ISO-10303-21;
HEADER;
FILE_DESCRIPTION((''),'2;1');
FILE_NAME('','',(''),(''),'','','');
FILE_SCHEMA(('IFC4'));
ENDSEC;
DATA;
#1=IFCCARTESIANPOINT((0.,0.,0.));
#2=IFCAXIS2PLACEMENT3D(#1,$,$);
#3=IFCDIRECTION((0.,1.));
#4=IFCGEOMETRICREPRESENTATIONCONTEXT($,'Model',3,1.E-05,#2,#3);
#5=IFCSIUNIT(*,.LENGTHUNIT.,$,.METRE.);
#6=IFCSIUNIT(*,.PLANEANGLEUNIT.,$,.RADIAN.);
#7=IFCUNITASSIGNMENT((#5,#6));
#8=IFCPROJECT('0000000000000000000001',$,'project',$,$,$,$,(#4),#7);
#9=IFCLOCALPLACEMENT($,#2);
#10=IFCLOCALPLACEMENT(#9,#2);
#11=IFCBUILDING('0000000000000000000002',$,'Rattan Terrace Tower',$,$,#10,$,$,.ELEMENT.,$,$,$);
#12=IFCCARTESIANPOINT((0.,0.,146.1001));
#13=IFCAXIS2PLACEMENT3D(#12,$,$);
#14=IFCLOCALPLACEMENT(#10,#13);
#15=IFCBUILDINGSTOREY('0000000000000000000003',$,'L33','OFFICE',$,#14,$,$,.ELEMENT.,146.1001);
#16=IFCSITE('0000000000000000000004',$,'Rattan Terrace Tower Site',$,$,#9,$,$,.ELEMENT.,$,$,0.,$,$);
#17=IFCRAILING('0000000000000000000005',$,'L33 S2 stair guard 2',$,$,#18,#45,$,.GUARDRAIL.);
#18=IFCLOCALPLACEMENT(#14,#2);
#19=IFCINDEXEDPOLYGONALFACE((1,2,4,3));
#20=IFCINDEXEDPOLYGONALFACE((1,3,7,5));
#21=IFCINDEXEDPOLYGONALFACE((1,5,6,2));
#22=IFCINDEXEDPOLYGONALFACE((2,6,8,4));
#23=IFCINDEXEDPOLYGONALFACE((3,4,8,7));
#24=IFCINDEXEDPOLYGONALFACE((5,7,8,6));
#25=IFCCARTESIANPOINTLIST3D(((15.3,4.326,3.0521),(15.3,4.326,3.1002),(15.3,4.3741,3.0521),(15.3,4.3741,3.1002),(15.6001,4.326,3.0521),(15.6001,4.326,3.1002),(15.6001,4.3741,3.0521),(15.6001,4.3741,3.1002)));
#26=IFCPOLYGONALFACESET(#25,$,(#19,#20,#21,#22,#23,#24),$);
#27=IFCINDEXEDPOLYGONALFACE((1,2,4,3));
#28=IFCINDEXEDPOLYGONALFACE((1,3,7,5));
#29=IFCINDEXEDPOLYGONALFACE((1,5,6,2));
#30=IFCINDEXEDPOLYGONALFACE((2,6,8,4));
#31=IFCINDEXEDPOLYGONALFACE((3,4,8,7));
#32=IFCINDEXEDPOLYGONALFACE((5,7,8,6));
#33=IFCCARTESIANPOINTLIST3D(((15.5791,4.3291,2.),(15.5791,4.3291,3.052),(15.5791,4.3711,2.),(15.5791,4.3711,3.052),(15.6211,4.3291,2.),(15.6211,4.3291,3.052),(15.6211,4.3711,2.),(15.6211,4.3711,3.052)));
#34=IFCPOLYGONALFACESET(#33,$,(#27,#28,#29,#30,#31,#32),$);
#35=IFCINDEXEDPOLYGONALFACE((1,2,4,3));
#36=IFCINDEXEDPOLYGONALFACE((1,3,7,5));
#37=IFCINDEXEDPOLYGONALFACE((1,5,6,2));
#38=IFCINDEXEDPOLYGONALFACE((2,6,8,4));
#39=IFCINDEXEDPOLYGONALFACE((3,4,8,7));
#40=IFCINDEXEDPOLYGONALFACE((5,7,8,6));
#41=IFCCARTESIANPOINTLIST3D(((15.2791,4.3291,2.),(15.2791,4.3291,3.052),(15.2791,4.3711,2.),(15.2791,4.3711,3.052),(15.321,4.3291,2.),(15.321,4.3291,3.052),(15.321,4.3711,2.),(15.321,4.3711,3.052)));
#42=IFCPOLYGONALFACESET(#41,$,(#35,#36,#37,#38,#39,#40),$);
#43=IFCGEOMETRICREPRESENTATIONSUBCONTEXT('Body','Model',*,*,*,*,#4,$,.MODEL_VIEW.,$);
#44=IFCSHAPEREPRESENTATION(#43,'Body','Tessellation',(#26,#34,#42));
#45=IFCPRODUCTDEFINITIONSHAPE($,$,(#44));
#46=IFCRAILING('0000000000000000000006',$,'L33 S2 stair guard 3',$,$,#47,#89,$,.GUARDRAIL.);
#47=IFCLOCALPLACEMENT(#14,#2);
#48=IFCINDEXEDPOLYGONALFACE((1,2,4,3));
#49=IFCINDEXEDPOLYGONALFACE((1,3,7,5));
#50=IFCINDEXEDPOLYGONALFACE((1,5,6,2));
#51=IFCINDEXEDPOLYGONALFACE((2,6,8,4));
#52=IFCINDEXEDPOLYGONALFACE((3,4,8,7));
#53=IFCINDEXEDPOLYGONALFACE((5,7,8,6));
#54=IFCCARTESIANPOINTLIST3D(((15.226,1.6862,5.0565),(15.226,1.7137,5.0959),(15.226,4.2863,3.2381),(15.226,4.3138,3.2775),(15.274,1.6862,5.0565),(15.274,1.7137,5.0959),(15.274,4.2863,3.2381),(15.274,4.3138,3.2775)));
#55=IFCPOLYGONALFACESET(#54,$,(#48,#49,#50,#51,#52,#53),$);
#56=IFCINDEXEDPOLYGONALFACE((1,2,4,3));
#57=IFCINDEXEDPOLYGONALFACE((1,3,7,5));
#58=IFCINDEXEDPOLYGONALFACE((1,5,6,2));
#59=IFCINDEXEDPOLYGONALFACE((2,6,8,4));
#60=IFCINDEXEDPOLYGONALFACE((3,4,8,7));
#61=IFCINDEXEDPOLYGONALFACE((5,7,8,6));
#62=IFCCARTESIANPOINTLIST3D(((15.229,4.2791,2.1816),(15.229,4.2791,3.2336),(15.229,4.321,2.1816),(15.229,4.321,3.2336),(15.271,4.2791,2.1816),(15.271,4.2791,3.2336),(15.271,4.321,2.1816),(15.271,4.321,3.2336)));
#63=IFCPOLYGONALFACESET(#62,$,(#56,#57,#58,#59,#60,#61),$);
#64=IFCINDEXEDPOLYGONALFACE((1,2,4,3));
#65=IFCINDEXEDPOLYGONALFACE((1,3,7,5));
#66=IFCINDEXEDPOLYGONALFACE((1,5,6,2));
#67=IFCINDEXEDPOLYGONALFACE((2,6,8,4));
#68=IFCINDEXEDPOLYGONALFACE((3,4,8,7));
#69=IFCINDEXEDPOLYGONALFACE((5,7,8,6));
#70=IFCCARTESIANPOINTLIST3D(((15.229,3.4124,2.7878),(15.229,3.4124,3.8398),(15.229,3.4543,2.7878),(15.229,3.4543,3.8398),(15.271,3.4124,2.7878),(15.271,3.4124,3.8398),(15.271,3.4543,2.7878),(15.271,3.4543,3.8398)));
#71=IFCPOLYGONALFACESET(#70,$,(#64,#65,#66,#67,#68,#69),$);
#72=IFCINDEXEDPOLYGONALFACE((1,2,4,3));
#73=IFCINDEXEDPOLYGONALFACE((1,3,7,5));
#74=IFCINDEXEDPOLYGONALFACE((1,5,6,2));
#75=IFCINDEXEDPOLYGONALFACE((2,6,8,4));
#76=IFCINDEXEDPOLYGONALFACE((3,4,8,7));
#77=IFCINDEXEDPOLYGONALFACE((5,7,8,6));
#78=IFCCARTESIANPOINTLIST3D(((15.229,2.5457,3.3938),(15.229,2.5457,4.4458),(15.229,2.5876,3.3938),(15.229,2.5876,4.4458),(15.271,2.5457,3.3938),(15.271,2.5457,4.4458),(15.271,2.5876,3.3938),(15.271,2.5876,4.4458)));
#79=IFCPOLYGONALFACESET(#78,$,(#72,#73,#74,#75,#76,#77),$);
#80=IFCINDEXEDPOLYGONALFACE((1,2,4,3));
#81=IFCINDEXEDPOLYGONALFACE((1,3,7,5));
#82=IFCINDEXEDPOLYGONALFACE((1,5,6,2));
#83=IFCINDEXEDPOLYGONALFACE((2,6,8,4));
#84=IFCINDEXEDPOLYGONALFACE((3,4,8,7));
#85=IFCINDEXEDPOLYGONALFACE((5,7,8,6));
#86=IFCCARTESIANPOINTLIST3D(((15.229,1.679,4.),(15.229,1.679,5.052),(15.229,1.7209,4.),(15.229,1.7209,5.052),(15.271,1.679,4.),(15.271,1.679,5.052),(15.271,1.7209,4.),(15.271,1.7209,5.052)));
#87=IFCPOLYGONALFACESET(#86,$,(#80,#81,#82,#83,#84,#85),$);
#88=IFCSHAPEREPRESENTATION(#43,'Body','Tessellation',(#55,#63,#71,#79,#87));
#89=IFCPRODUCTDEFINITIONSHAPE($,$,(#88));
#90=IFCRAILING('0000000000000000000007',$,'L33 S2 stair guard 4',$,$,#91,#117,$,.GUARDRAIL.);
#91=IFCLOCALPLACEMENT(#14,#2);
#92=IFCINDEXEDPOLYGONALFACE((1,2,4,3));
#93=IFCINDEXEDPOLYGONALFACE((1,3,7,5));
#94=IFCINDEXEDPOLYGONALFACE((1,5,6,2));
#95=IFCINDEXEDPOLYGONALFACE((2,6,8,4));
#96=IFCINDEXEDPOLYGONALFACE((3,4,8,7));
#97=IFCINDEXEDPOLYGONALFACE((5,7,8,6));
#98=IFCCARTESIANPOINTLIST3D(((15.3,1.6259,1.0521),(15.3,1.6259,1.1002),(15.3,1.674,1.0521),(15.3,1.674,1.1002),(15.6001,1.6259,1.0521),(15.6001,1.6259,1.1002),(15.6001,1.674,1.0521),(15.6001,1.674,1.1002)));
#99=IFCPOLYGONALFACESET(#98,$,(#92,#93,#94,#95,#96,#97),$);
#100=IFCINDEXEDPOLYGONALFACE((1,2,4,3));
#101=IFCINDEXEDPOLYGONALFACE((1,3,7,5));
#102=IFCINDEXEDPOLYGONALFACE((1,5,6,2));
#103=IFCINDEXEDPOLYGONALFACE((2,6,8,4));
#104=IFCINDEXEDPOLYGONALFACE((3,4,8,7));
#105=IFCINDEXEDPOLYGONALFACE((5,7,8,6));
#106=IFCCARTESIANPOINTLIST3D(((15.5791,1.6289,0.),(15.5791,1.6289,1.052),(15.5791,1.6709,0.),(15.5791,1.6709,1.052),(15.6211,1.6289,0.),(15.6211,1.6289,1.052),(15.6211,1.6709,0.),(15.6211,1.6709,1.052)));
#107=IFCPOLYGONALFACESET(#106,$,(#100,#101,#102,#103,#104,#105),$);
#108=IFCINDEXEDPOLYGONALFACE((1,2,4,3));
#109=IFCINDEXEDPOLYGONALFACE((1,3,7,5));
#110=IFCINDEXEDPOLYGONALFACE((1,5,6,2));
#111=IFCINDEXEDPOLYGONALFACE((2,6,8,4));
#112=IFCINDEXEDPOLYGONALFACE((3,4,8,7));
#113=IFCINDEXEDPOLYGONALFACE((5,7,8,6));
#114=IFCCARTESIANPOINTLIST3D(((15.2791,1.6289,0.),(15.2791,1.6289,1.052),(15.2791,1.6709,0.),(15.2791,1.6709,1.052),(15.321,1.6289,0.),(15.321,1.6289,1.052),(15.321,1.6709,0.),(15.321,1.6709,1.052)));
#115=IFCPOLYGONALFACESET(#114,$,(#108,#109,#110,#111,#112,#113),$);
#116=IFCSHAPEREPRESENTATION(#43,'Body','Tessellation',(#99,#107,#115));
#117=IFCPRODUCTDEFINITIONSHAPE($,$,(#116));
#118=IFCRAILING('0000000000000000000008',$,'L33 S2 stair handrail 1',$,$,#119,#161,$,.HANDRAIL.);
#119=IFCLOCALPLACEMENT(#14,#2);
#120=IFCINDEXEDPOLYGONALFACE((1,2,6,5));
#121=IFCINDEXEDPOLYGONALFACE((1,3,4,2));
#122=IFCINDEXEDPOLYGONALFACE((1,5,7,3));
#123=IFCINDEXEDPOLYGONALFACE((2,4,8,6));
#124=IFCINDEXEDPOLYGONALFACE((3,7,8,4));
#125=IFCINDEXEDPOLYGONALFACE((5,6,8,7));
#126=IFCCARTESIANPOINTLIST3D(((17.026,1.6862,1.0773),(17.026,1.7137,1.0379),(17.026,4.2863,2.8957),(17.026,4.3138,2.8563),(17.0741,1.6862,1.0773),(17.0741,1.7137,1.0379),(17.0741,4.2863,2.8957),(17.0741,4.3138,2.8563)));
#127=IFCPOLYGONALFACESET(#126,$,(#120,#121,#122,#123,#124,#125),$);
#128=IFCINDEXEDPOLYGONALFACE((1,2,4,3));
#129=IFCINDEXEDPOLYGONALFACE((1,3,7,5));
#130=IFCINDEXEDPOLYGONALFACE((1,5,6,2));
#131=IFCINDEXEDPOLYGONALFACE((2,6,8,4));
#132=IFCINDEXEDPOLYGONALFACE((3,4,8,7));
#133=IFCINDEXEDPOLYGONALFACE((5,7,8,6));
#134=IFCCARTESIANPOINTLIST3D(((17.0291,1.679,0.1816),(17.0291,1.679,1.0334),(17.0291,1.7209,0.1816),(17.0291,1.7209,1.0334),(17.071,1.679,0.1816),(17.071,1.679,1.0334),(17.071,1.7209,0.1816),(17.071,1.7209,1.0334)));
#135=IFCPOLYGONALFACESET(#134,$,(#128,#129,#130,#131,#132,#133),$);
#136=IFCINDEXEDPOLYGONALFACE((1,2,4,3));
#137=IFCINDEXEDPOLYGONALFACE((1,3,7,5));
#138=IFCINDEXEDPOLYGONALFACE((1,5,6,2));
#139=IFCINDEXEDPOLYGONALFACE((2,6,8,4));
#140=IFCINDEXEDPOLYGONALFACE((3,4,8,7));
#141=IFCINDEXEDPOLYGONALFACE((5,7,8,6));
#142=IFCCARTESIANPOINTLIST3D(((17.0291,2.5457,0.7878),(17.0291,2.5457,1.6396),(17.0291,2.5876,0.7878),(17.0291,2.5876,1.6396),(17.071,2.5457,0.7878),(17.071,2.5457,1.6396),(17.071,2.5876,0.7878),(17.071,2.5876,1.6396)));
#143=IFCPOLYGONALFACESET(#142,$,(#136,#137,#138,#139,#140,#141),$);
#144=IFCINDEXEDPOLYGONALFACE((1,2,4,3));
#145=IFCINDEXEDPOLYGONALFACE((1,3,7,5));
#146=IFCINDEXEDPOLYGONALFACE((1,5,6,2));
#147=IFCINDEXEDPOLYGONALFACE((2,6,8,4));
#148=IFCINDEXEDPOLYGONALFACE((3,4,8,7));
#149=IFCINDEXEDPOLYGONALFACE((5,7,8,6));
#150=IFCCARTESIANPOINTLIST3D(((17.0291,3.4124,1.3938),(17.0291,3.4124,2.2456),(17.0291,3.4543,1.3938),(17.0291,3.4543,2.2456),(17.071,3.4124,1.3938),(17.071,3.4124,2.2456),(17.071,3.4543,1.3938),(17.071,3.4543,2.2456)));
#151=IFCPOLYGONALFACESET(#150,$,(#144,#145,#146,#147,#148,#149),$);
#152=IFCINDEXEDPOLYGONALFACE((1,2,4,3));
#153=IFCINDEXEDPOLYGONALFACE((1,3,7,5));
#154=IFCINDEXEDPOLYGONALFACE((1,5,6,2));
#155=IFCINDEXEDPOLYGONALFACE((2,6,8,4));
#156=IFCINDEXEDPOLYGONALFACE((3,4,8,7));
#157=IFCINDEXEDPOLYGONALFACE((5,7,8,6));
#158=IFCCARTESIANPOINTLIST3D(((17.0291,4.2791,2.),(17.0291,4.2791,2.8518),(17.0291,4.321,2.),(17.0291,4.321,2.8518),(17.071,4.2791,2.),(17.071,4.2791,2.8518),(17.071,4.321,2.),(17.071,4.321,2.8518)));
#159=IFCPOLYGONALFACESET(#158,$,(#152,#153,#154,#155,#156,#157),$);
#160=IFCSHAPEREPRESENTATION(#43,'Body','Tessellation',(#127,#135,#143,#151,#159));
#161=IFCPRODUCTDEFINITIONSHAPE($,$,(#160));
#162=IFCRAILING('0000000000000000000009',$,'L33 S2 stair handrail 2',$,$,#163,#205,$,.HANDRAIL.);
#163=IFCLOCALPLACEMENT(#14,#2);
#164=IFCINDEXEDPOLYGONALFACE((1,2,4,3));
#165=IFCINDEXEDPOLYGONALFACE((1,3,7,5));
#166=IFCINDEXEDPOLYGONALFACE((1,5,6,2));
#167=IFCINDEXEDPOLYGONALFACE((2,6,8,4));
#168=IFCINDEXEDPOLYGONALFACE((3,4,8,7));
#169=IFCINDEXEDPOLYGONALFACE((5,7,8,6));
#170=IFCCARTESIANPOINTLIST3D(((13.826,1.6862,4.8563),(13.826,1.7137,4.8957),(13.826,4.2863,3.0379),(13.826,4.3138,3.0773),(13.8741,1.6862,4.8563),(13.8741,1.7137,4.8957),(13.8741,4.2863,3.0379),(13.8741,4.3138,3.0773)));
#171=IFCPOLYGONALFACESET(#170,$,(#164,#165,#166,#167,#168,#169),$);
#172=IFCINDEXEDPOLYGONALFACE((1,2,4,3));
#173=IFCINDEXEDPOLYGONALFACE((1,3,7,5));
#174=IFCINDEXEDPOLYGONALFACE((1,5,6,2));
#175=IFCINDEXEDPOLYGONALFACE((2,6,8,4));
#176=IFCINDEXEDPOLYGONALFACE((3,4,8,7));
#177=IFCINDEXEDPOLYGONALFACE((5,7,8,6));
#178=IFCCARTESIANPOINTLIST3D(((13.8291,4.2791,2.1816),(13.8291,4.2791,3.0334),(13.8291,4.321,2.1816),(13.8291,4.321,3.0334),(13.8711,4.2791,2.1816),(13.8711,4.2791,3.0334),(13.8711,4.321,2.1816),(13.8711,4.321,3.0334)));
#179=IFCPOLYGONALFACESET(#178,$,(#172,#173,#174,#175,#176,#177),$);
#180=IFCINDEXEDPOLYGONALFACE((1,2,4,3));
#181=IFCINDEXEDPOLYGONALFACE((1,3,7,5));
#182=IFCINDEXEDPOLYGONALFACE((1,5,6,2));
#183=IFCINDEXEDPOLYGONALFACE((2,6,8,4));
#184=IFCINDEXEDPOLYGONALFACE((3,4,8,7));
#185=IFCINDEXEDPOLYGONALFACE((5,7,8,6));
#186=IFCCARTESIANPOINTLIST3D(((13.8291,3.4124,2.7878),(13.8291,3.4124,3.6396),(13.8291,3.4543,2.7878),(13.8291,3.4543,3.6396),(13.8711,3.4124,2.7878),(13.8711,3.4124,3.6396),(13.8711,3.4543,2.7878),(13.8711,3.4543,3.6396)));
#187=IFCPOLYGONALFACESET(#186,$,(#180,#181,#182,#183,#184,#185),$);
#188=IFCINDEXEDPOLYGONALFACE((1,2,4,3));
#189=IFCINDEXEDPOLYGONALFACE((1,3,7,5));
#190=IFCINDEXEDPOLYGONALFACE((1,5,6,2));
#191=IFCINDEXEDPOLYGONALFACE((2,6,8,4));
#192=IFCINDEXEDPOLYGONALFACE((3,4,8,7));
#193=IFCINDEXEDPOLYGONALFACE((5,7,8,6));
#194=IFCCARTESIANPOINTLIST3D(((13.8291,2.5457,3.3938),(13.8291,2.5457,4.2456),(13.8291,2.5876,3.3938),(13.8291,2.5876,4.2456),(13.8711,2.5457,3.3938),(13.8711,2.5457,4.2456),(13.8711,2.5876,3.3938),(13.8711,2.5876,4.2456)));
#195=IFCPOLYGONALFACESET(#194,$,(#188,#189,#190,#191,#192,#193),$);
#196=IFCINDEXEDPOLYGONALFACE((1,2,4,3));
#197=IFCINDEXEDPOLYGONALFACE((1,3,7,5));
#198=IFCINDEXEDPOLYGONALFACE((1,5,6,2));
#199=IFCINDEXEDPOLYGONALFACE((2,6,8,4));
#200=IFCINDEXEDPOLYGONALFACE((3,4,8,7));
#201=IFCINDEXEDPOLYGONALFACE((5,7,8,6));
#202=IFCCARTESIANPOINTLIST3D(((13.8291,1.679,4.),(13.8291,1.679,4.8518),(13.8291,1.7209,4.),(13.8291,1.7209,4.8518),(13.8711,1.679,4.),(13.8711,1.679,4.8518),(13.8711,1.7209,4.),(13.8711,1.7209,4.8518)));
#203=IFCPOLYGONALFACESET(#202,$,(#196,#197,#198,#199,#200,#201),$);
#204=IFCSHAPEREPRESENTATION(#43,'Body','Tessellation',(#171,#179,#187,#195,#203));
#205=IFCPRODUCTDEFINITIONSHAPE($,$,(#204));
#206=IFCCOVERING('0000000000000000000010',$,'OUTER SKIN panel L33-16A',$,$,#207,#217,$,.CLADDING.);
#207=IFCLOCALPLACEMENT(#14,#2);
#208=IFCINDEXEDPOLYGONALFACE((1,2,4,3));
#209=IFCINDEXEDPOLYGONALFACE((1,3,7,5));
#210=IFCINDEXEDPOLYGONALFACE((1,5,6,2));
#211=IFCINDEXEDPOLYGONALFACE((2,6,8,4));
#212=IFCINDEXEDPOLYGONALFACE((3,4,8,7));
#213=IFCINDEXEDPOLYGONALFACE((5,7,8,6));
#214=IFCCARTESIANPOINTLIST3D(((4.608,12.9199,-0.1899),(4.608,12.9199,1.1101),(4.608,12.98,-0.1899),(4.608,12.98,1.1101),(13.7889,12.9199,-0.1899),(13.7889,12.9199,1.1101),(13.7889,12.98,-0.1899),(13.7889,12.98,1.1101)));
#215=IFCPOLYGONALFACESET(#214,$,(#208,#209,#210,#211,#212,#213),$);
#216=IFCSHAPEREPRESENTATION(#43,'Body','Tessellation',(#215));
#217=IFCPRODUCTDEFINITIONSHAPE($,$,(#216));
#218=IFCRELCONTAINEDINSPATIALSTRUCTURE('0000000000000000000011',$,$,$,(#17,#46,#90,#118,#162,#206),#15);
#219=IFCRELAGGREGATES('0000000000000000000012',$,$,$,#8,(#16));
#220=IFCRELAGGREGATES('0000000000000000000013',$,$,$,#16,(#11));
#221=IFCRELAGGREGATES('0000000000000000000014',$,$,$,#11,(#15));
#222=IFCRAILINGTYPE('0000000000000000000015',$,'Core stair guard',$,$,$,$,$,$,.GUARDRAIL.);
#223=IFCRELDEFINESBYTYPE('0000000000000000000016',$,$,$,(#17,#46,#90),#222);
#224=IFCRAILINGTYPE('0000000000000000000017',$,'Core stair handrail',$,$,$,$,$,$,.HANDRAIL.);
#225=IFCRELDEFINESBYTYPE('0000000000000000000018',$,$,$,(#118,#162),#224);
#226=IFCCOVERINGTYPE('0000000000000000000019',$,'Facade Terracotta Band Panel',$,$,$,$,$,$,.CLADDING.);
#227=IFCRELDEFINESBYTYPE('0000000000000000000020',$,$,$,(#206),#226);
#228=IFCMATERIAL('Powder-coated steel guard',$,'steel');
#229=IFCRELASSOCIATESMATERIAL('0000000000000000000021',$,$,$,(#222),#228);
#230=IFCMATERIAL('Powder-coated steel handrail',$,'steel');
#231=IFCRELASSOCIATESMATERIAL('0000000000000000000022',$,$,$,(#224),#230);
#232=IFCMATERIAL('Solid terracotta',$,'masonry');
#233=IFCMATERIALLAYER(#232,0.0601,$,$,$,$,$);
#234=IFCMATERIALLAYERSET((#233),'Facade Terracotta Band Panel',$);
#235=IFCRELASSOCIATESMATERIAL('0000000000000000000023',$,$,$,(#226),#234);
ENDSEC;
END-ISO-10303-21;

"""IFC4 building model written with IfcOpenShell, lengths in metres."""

from ifc_helpers import new_model, si_unit, direction, frame, origin, origin_2d, place, context, subcontext, project, spatial, rectangle, extrude, material, layer, layer_set, type_object, element, save


model = new_model("IFC4")

# Units and contexts
model_context = context("Model", 3, precision=1e-05, world=origin(), true_north=direction((0.0, 1.0)))
body_context = subcontext(model_context, "Body", "Model", "MODEL_VIEW")
ifc_project = project(units=[si_unit("LENGTHUNIT", "METRE"), si_unit("PLANEANGLEUNIT", "RADIAN")], contexts=[model_context])

# Site, building, storey
site_placement = place(None, origin())
site = spatial("IfcSite", under=ifc_project, at=site_placement, Name="Rattan Terrace Tower Site", CompositionType="ELEMENT", RefElevation=0.0)
building_placement = place(site_placement, origin())
building = spatial("IfcBuilding", under=site, at=building_placement, Name="Rattan Terrace Tower", CompositionType="ELEMENT")
storey_placement = place(building_placement, frame((0.0, 0.0, 146.1001)))
storey = spatial("IfcBuildingStorey", under=building, at=storey_placement, Name="L33", Description="OFFICE", CompositionType="ELEMENT", Elevation=146.1001)

# Railings
ifc_material_1 = material(Name="Powder-coated steel guard", Category="steel")
railing_type_1 = type_object("IfcRailingType", Name="Core stair guard", PredefinedType="GUARDRAIL", material=ifc_material_1)
railing_1_placement = place(storey_placement, frame((15.6001, 4.3501, 2.0)))
element("IfcRailing", 1, at=railing_1_placement, inside=storey, type_object=railing_type_1, Name="L33 S2 stair guard 2", PredefinedType="GUARDRAIL", context=body_context, shape_type="SweptSolid", body=[
    extrude(rectangle(XDim=0.0481, YDim=0.0481, at=origin_2d()), frame((0.0, 0.0, 1.0762), z_axis=(-1.0, 0.0, 0.0), x_axis=(0.0, -1.0, 0.0)), (0.0, 0.0, 1.0), 0.3),
    extrude(rectangle(XDim=0.042, YDim=0.042, at=origin_2d()), origin(), (0.0, 0.0, 1.0), 1.052),
    extrude(rectangle(XDim=0.042, YDim=0.042, at=origin_2d()), frame((-0.3, 0.0, 0.0)), (0.0, 0.0, 1.0), 1.052),
])
railing_2_placement = place(storey_placement, frame((15.25, 4.3, 2.1816)))
element("IfcRailing", 2, at=railing_2_placement, inside=storey, type_object=railing_type_1, Name="L33 S2 stair guard 3", PredefinedType="GUARDRAIL", context=body_context, shape_type="SweptSolid", body=[
    extrude(rectangle(XDim=0.0481, YDim=0.0481, at=origin_2d()), frame((0.0, 0.0, 1.0762), z_axis=(0.0, -0.819485, 0.573101), x_axis=(1.0, 0.0, 0.0)), (0.0, 0.0, 1.0), 3.1729),
    extrude(rectangle(XDim=0.042, YDim=0.042, at=origin_2d()), origin(), (0.0, 0.0, 1.0), 1.052),
    extrude(rectangle(XDim=0.042, YDim=0.042, at=origin_2d()), frame((0.0, -0.8667, 0.6062)), (0.0, 0.0, 1.0), 1.052),
    extrude(rectangle(XDim=0.042, YDim=0.042, at=origin_2d()), frame((0.0, -1.7334, 1.2122)), (0.0, 0.0, 1.0), 1.052),
    extrude(rectangle(XDim=0.042, YDim=0.042, at=origin_2d()), frame((0.0, -2.6001, 1.8184)), (0.0, 0.0, 1.0), 1.052),
])
railing_3_placement = place(storey_placement, frame((15.6001, 1.6499, 0.0)))
element("IfcRailing", 3, at=railing_3_placement, inside=storey, type_object=railing_type_1, Name="L33 S2 stair guard 4", PredefinedType="GUARDRAIL", context=body_context, shape_type="SweptSolid", body=[
    extrude(rectangle(XDim=0.0481, YDim=0.0481, at=origin_2d()), frame((0.0, 0.0, 1.0762), z_axis=(-1.0, 0.0, 0.0), x_axis=(0.0, -1.0, 0.0)), (0.0, 0.0, 1.0), 0.3),
    extrude(rectangle(XDim=0.042, YDim=0.042, at=origin_2d()), origin(), (0.0, 0.0, 1.0), 1.052),
    extrude(rectangle(XDim=0.042, YDim=0.042, at=origin_2d()), frame((-0.3, 0.0, 0.0)), (0.0, 0.0, 1.0), 1.052),
])
ifc_material_2 = material(Name="Powder-coated steel handrail", Category="steel")
railing_type_2 = type_object("IfcRailingType", Name="Core stair handrail", PredefinedType="HANDRAIL", material=ifc_material_2)
railing_4_placement = place(storey_placement, frame((17.05, 1.7, 0.1816)))
element("IfcRailing", 4, at=railing_4_placement, inside=storey, type_object=railing_type_2, Name="L33 S2 stair handrail 1", PredefinedType="HANDRAIL", context=body_context, shape_type="SweptSolid", body=[
    extrude(rectangle(XDim=0.0481, YDim=0.0481, at=origin_2d()), frame((0.0, 0.0, 0.876), z_axis=(0.0, 0.819485, 0.573101), x_axis=(-1.0, 0.0, 0.0)), (0.0, 0.0, 1.0), 3.1729),
    extrude(rectangle(XDim=0.042, YDim=0.042, at=origin_2d()), origin(), (0.0, 0.0, 1.0), 0.8518),
    extrude(rectangle(XDim=0.042, YDim=0.042, at=origin_2d()), frame((0.0, 0.8667, 0.6062)), (0.0, 0.0, 1.0), 0.8518),
    extrude(rectangle(XDim=0.042, YDim=0.042, at=origin_2d()), frame((0.0, 1.7334, 1.2122)), (0.0, 0.0, 1.0), 0.8518),
    extrude(rectangle(XDim=0.042, YDim=0.042, at=origin_2d()), frame((0.0, 2.6001, 1.8184)), (0.0, 0.0, 1.0), 0.8518),
])
railing_5_placement = place(storey_placement, frame((13.8501, 4.3, 2.1816)))
element("IfcRailing", 5, at=railing_5_placement, inside=storey, type_object=railing_type_2, Name="L33 S2 stair handrail 2", PredefinedType="HANDRAIL", context=body_context, shape_type="SweptSolid", body=[
    extrude(rectangle(XDim=0.0481, YDim=0.0481, at=origin_2d()), frame((0.0, 0.0, 0.876), z_axis=(0.0, -0.819485, 0.573101), x_axis=(1.0, 0.0, 0.0)), (0.0, 0.0, 1.0), 3.1729),
    extrude(rectangle(XDim=0.042, YDim=0.042, at=origin_2d()), origin(), (0.0, 0.0, 1.0), 0.8518),
    extrude(rectangle(XDim=0.042, YDim=0.042, at=origin_2d()), frame((0.0, -0.8667, 0.6062)), (0.0, 0.0, 1.0), 0.8518),
    extrude(rectangle(XDim=0.042, YDim=0.042, at=origin_2d()), frame((0.0, -1.7334, 1.2122)), (0.0, 0.0, 1.0), 0.8518),
    extrude(rectangle(XDim=0.042, YDim=0.042, at=origin_2d()), frame((0.0, -2.6001, 1.8184)), (0.0, 0.0, 1.0), 0.8518),
])

# Covering
ifc_material_3 = material(Name="Solid terracotta", Category="masonry")
ifc_layer_1 = layer(ifc_material_3, 0.0601)
ifc_layer_set_1 = layer_set([ifc_layer_1], Name="Facade Terracotta Band Panel")
covering_type_1 = type_object("IfcCoveringType", Name="Facade Terracotta Band Panel", PredefinedType="CLADDING", material=ifc_layer_set_1)
covering_1_placement = place(storey_placement, frame((9.1985, 12.95, -0.1899), z_axis=(0.0, 0.0, 1.0), x_axis=(-1.0, 0.0, 0.0)))
element("IfcCovering", 6, at=covering_1_placement, inside=storey, type_object=covering_type_1, Name="OUTER SKIN panel L33-16A", PredefinedType="CLADDING", context=body_context, shape_type="SweptSolid", body=[
    extrude(rectangle(XDim=9.1809, YDim=0.0601, at=origin_2d()), origin(), (0.0, 0.0, 1.0), 1.3),
])

save(model, "model.ifc")
